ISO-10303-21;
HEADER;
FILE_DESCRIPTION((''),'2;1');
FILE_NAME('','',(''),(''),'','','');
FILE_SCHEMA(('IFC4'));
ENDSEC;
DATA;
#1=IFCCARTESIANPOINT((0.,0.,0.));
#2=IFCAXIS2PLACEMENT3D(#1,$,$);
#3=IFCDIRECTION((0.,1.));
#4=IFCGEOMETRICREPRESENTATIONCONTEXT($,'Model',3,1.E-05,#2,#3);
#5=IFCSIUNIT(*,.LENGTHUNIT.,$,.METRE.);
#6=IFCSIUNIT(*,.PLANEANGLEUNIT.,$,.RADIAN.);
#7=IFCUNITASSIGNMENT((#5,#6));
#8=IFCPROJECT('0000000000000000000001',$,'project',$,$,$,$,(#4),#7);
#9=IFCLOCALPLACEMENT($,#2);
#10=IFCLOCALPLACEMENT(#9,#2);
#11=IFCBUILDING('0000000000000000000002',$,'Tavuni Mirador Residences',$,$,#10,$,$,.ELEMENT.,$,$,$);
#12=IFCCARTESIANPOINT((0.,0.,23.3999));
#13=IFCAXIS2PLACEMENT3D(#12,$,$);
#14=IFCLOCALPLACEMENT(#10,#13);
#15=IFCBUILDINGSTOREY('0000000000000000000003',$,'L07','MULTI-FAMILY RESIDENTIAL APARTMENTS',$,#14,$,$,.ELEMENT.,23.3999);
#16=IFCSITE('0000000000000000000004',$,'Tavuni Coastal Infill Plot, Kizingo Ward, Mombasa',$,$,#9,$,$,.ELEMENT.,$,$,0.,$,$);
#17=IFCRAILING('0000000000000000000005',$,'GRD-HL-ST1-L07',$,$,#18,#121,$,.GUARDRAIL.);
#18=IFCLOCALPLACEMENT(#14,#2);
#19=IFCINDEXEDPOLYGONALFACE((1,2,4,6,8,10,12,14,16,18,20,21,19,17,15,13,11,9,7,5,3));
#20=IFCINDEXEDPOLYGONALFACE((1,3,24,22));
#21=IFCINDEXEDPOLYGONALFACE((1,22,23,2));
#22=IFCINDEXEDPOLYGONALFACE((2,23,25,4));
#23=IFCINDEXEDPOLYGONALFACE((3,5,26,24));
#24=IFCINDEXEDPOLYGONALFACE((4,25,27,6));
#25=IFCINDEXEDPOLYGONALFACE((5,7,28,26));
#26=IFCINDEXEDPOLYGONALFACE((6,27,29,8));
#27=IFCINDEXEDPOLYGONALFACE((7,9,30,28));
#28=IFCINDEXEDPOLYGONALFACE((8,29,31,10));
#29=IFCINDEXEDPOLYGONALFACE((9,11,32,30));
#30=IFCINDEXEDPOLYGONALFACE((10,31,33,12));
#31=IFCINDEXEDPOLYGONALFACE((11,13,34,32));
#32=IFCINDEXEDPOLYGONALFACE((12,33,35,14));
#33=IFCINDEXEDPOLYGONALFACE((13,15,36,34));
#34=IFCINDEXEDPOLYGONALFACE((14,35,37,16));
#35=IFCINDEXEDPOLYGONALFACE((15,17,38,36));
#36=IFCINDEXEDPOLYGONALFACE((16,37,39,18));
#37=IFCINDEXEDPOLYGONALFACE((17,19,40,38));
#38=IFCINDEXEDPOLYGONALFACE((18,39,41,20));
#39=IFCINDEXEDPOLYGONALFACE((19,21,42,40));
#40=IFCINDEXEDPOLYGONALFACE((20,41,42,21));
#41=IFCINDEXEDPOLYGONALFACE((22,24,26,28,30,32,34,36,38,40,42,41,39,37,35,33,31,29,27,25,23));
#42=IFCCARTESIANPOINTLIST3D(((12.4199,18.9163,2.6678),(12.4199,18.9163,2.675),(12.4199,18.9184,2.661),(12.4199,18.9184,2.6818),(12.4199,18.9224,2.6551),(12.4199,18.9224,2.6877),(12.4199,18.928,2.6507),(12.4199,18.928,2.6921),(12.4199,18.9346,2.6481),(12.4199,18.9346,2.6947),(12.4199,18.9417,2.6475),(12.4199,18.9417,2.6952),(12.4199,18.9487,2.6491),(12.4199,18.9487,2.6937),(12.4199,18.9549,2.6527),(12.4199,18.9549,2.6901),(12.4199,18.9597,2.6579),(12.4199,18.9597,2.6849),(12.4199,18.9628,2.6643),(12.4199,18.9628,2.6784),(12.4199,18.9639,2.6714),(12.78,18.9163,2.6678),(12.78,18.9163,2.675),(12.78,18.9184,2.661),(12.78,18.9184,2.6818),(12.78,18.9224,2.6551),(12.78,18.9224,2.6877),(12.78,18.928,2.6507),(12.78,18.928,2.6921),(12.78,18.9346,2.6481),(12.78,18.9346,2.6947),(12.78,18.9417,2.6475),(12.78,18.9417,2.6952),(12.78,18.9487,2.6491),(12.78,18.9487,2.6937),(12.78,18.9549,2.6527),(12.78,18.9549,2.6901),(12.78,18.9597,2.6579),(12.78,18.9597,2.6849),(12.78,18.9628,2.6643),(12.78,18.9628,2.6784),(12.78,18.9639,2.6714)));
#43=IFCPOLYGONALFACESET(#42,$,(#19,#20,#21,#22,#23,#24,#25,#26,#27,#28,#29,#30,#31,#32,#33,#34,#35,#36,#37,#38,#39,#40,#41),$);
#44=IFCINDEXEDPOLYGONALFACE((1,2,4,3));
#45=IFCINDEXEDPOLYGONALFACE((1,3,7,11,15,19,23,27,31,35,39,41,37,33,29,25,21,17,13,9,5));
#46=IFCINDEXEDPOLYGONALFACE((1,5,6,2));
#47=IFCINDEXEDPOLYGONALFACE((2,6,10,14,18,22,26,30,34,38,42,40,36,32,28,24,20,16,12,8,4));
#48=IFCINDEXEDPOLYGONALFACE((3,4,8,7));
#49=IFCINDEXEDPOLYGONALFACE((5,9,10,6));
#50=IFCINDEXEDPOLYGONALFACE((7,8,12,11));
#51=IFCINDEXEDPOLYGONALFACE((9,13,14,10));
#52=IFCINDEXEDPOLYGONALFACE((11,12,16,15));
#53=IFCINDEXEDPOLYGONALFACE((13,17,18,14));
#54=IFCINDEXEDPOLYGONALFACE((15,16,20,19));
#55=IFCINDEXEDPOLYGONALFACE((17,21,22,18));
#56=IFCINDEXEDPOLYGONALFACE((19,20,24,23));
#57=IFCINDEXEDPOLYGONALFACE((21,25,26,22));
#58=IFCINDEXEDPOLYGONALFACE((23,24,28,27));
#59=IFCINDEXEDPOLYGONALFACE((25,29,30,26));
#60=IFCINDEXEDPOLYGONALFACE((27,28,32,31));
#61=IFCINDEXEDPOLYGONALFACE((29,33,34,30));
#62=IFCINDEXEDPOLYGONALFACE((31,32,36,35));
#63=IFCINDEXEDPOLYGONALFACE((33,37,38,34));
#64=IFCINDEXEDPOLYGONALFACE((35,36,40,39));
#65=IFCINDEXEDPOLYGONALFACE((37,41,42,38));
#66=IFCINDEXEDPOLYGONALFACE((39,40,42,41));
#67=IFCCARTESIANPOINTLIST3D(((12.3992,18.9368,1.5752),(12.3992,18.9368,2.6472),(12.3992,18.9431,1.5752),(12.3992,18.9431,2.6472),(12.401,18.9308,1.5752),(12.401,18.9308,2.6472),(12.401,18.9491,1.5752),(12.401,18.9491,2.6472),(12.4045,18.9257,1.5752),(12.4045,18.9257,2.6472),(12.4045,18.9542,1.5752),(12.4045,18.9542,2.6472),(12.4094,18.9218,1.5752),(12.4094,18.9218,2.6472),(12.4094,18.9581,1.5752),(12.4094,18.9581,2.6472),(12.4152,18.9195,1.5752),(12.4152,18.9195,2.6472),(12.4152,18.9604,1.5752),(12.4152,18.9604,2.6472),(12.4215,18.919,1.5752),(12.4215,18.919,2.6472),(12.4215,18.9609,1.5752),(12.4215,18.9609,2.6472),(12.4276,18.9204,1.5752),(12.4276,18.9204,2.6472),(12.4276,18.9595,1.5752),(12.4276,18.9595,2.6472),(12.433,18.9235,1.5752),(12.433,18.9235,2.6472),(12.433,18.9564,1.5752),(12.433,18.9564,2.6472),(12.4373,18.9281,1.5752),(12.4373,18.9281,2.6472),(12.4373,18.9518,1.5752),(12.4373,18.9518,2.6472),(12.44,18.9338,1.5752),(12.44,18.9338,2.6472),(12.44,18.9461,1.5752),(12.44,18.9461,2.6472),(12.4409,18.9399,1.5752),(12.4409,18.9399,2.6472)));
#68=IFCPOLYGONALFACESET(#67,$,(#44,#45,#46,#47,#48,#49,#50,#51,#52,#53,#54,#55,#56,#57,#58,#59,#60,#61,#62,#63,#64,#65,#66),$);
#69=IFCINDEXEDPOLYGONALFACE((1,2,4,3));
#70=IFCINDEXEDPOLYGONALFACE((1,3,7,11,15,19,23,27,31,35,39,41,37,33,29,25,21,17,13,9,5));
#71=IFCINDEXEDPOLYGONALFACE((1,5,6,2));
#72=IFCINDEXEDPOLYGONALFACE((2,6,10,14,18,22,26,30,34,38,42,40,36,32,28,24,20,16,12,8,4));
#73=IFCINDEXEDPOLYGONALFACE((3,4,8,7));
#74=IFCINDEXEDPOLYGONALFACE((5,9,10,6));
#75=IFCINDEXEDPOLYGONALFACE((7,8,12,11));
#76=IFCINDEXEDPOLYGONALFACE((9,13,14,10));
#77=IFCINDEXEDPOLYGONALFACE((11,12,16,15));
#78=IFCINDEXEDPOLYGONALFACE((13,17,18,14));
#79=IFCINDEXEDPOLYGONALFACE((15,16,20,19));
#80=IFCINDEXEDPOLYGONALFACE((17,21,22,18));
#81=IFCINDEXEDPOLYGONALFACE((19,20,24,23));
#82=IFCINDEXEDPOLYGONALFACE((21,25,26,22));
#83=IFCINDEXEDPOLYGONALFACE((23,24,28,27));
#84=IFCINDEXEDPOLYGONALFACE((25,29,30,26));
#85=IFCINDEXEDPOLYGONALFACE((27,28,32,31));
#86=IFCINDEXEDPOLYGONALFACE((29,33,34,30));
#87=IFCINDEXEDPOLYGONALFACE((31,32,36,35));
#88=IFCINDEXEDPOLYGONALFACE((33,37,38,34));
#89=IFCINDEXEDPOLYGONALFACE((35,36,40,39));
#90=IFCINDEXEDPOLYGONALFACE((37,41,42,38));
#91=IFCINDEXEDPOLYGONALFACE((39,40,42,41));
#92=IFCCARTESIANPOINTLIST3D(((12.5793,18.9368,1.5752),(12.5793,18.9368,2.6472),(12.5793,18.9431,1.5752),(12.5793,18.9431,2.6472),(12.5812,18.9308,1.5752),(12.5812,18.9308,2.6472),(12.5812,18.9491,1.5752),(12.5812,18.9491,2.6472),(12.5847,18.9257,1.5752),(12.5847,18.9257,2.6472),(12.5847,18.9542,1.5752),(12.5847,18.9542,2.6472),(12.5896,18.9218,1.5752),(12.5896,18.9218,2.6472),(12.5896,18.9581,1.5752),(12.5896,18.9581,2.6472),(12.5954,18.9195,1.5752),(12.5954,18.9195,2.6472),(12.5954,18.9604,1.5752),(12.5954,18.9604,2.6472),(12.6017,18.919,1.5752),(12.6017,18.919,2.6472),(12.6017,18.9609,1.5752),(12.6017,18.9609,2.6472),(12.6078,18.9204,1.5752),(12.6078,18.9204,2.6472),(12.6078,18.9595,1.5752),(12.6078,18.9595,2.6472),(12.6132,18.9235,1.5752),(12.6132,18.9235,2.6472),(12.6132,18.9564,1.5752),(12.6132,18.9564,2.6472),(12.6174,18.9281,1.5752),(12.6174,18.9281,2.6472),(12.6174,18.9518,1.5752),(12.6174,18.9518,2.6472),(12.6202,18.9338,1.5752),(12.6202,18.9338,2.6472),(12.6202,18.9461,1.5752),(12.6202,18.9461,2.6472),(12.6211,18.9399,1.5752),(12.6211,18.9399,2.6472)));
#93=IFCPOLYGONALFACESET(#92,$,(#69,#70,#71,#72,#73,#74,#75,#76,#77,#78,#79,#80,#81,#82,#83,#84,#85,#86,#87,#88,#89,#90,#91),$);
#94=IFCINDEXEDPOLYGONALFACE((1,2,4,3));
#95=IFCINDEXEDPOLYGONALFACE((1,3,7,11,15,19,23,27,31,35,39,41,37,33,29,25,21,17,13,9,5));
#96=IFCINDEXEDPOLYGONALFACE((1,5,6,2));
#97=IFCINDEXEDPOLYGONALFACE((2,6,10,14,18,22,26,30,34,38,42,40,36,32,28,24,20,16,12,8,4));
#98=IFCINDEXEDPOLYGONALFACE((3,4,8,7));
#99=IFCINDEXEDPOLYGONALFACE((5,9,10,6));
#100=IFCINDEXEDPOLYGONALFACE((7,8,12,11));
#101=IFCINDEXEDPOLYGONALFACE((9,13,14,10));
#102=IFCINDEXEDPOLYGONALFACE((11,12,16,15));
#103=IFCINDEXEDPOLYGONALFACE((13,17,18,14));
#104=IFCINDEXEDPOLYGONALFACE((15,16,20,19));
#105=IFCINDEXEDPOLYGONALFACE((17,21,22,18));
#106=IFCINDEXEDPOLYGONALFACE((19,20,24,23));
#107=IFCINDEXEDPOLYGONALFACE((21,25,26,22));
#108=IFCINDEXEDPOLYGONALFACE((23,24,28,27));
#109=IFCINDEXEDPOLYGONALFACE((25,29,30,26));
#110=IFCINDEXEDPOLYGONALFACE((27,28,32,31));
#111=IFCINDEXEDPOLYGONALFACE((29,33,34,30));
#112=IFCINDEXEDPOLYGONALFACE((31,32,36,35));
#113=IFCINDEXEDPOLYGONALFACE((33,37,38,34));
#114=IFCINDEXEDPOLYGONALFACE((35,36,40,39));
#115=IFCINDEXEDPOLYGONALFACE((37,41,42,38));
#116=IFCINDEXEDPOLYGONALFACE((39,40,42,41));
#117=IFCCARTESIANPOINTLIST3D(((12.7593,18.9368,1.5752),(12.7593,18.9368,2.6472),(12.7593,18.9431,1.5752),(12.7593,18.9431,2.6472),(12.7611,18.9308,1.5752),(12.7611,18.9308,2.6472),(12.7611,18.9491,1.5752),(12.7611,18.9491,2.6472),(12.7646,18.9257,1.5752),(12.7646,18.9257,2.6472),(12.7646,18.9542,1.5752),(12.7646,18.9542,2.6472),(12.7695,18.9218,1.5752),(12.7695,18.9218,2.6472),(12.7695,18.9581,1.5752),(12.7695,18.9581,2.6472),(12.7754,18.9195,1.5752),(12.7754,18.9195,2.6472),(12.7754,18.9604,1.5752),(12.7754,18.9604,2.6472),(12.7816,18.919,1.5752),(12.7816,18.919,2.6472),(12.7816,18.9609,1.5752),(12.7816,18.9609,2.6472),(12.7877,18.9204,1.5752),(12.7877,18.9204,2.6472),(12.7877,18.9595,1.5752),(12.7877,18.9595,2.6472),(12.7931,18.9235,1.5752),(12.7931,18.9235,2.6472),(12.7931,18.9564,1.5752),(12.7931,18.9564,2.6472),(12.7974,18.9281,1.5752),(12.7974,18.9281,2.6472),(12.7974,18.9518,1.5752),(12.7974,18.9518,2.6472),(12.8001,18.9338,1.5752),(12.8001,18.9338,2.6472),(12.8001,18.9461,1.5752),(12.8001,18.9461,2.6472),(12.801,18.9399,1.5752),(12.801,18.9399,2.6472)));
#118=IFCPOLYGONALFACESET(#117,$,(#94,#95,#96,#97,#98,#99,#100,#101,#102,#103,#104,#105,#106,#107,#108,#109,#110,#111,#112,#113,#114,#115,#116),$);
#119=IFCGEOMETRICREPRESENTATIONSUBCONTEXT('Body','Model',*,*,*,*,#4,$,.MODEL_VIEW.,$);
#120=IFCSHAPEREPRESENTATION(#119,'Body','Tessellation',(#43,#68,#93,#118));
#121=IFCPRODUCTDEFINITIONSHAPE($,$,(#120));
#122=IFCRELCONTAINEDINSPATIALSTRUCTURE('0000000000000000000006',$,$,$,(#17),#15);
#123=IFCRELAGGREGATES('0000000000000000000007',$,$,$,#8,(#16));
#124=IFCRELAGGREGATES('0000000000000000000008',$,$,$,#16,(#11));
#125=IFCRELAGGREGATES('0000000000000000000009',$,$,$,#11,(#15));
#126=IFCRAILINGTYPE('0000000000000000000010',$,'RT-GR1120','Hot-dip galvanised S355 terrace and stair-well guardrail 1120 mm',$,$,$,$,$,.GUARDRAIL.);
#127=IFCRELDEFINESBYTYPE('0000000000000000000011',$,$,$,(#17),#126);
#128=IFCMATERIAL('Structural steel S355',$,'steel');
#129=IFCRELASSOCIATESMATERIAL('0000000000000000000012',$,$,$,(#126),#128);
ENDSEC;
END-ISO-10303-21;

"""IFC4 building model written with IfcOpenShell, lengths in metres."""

from ifc_helpers import new_model, si_unit, direction, frame, origin, origin_2d, place, context, subcontext, project, spatial, circle, extrude, material, type_object, element, save


model = new_model("IFC4")

# Units and contexts
model_context = context("Model", 3, precision=1e-05, world=origin(), true_north=direction((0.0, 1.0)))
body_context = subcontext(model_context, "Body", "Model", "MODEL_VIEW")
ifc_project = project(units=[si_unit("LENGTHUNIT", "METRE"), si_unit("PLANEANGLEUNIT", "RADIAN")], contexts=[model_context])

# Site, building, storey
site_placement = place(None, origin())
site = spatial("IfcSite", under=ifc_project, at=site_placement, Name="Tavuni Coastal Infill Plot, Kizingo Ward, Mombasa", CompositionType="ELEMENT", RefElevation=0.0)
building_placement = place(site_placement, origin())
building = spatial("IfcBuilding", under=site, at=building_placement, Name="Tavuni Mirador Residences", CompositionType="ELEMENT")
storey_placement = place(building_placement, frame((0.0, 0.0, 23.3999)))
storey = spatial("IfcBuildingStorey", under=building, at=storey_placement, Name="L07", Description="MULTI-FAMILY RESIDENTIAL APARTMENTS", CompositionType="ELEMENT", Elevation=23.3999)

# Shared definitions
ifc_material_1 = material(Name="Structural steel S355", Category="steel")

# Railing
railing_type_1 = type_object("IfcRailingType", Name="RT-GR1120", Description="Hot-dip galvanised S355 terrace and stair-well guardrail 1120 mm", PredefinedType="GUARDRAIL", material=ifc_material_1)
railing_1_placement = place(storey_placement, frame((12.4199, 18.9399, 1.5752)))
element("IfcRailing", 1, at=railing_1_placement, inside=storey, type_object=railing_type_1, Name="GRD-HL-ST1-L07", PredefinedType="GUARDRAIL", context=body_context, shape_type="SweptSolid", body=[
    extrude(circle(Radius=0.0239, at=origin_2d()), frame((0.0, 0.0, 1.0962), z_axis=(1.0, 0.0, 0.0), x_axis=(0.0, 1.0, 0.0)), (0.0, 0.0, 1.0), 0.3601),
    extrude(circle(Radius=0.021, at=origin_2d()), origin(), (0.0, 0.0, 1.0), 1.072),
    extrude(circle(Radius=0.021, at=origin_2d()), frame((0.1802, 0.0, 0.0)), (0.0, 0.0, 1.0), 1.072),
    extrude(circle(Radius=0.021, at=origin_2d()), frame((0.3601, 0.0, 0.0)), (0.0, 0.0, 1.0), 1.072),
])

save(model, "model.ifc")
